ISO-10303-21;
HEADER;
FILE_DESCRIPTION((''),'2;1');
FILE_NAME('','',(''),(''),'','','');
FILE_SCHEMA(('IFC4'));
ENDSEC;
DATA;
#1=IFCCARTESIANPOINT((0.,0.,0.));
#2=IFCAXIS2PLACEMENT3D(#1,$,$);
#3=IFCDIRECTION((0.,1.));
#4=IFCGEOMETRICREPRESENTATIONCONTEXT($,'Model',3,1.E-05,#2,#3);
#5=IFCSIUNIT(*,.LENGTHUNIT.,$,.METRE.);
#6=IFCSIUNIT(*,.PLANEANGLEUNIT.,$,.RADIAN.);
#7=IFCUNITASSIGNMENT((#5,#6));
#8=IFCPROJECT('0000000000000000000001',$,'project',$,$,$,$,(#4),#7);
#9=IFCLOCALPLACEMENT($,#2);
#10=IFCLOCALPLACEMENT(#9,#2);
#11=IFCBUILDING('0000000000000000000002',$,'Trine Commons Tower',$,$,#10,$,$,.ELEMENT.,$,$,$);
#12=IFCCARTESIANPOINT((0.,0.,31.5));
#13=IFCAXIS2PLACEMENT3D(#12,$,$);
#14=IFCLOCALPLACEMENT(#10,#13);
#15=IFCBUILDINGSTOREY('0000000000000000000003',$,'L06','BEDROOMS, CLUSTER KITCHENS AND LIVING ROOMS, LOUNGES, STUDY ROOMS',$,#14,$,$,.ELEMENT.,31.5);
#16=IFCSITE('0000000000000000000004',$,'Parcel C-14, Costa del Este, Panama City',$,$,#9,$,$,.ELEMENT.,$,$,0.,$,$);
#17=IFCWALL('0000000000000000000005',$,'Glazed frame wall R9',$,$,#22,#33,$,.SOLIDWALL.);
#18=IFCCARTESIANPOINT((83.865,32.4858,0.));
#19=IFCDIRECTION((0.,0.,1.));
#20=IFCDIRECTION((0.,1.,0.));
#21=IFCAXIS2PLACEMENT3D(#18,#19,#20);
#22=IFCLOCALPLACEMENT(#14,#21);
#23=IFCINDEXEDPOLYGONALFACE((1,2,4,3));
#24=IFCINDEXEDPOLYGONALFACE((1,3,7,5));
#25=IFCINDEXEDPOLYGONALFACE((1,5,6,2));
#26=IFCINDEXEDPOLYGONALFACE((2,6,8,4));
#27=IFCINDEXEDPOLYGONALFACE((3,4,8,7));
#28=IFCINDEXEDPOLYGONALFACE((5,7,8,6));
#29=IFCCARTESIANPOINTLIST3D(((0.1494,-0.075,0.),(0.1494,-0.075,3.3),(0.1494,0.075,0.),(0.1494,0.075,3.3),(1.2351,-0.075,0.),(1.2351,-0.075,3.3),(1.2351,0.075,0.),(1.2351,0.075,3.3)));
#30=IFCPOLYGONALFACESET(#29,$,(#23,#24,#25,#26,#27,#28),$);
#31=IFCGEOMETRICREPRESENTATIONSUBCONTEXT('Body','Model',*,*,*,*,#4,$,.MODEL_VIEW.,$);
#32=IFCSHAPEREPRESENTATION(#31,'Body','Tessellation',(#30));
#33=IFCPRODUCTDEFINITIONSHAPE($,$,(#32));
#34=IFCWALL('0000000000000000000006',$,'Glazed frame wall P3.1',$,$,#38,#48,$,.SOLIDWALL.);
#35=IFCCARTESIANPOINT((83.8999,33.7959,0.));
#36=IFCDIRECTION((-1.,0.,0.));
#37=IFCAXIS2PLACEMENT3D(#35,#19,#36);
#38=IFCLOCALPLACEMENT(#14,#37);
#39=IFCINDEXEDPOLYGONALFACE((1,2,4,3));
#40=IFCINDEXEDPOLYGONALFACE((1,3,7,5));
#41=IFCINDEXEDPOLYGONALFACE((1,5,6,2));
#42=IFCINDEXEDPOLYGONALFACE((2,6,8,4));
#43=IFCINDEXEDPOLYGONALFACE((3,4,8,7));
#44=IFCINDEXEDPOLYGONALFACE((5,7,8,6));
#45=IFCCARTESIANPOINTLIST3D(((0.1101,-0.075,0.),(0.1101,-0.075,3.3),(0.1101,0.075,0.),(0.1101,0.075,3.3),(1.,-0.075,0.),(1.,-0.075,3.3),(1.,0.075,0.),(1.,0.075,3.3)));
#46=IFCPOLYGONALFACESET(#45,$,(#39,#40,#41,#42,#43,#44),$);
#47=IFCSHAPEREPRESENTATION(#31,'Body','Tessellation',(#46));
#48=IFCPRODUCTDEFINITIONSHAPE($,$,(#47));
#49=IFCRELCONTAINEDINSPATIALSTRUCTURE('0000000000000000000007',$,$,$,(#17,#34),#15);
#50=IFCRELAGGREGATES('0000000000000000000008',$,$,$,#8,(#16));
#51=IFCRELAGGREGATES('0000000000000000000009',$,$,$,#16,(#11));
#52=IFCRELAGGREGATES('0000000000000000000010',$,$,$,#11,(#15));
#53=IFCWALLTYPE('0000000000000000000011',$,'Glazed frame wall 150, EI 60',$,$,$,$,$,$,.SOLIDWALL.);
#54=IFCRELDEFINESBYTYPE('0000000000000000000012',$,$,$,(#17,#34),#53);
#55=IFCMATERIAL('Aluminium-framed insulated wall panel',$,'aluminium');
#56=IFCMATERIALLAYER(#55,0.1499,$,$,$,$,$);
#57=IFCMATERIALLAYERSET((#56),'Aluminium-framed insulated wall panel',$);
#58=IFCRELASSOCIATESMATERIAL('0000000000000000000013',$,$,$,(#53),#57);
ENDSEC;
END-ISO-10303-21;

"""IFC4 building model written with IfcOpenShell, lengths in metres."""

from ifc_helpers import new_model, si_unit, direction, frame, origin, place, context, subcontext, project, spatial, polyline, outline, extrude, material, layer, layer_set, type_object, element, save


model = new_model("IFC4")

# Units and contexts
model_context = context("Model", 3, precision=1e-05, world=origin(), true_north=direction((0.0, 1.0)))
body_context = subcontext(model_context, "Body", "Model", "MODEL_VIEW")
ifc_project = project(units=[si_unit("LENGTHUNIT", "METRE"), si_unit("PLANEANGLEUNIT", "RADIAN")], contexts=[model_context])

# Site, building, storey
site_placement = place(None, origin())
site = spatial("IfcSite", under=ifc_project, at=site_placement, Name="Parcel C-14, Costa del Este, Panama City", CompositionType="ELEMENT", RefElevation=0.0)
building_placement = place(site_placement, origin())
building = spatial("IfcBuilding", under=site, at=building_placement, Name="Trine Commons Tower", CompositionType="ELEMENT")
storey_placement = place(building_placement, frame((0.0, 0.0, 31.5)))
storey = spatial("IfcBuildingStorey", under=building, at=storey_placement, Name="L06", Description="BEDROOMS, CLUSTER KITCHENS AND LIVING ROOMS, LOUNGES, STUDY ROOMS", CompositionType="ELEMENT", Elevation=31.5)

# Walls
ifc_material_1 = material(Name="Aluminium-framed insulated wall panel", Category="aluminium")
ifc_layer_1 = layer(ifc_material_1, 0.1499)
ifc_layer_set_1 = layer_set([ifc_layer_1], Name="Aluminium-framed insulated wall panel")
wall_type_1 = type_object("IfcWallType", Name="Glazed frame wall 150, EI 60", PredefinedType="SOLIDWALL", material=ifc_layer_set_1)
wall_1_placement = place(storey_placement, frame((83.865, 32.4858, 0.0), z_axis=(0.0, 0.0, 1.0), x_axis=(0.0, 1.0, 0.0)))
element("IfcWall", 1, at=wall_1_placement, inside=storey, type_object=wall_type_1, Name="Glazed frame wall R9", PredefinedType="SOLIDWALL", context=body_context, shape_type="SweptSolid", body=[
    extrude(outline(polyline([(0.1494, 0.075), (0.1494, -0.075), (1.2351, -0.075), (1.2351, 0.075), (0.1494, 0.075)])), origin(), (0.0, 0.0, 1.0), 3.3),
])
wall_2_placement = place(storey_placement, frame((83.8999, 33.7959, 0.0), z_axis=(0.0, 0.0, 1.0), x_axis=(-1.0, 0.0, 0.0)))
element("IfcWall", 2, at=wall_2_placement, inside=storey, type_object=wall_type_1, Name="Glazed frame wall P3.1", PredefinedType="SOLIDWALL", context=body_context, shape_type="SweptSolid", body=[
    extrude(outline(polyline([(0.1101, -0.075), (1.0, -0.075), (1.0, 0.075), (0.1101, 0.075), (0.1101, -0.075)])), origin(), (0.0, 0.0, 1.0), 3.3),
])

save(model, "model.ifc")
